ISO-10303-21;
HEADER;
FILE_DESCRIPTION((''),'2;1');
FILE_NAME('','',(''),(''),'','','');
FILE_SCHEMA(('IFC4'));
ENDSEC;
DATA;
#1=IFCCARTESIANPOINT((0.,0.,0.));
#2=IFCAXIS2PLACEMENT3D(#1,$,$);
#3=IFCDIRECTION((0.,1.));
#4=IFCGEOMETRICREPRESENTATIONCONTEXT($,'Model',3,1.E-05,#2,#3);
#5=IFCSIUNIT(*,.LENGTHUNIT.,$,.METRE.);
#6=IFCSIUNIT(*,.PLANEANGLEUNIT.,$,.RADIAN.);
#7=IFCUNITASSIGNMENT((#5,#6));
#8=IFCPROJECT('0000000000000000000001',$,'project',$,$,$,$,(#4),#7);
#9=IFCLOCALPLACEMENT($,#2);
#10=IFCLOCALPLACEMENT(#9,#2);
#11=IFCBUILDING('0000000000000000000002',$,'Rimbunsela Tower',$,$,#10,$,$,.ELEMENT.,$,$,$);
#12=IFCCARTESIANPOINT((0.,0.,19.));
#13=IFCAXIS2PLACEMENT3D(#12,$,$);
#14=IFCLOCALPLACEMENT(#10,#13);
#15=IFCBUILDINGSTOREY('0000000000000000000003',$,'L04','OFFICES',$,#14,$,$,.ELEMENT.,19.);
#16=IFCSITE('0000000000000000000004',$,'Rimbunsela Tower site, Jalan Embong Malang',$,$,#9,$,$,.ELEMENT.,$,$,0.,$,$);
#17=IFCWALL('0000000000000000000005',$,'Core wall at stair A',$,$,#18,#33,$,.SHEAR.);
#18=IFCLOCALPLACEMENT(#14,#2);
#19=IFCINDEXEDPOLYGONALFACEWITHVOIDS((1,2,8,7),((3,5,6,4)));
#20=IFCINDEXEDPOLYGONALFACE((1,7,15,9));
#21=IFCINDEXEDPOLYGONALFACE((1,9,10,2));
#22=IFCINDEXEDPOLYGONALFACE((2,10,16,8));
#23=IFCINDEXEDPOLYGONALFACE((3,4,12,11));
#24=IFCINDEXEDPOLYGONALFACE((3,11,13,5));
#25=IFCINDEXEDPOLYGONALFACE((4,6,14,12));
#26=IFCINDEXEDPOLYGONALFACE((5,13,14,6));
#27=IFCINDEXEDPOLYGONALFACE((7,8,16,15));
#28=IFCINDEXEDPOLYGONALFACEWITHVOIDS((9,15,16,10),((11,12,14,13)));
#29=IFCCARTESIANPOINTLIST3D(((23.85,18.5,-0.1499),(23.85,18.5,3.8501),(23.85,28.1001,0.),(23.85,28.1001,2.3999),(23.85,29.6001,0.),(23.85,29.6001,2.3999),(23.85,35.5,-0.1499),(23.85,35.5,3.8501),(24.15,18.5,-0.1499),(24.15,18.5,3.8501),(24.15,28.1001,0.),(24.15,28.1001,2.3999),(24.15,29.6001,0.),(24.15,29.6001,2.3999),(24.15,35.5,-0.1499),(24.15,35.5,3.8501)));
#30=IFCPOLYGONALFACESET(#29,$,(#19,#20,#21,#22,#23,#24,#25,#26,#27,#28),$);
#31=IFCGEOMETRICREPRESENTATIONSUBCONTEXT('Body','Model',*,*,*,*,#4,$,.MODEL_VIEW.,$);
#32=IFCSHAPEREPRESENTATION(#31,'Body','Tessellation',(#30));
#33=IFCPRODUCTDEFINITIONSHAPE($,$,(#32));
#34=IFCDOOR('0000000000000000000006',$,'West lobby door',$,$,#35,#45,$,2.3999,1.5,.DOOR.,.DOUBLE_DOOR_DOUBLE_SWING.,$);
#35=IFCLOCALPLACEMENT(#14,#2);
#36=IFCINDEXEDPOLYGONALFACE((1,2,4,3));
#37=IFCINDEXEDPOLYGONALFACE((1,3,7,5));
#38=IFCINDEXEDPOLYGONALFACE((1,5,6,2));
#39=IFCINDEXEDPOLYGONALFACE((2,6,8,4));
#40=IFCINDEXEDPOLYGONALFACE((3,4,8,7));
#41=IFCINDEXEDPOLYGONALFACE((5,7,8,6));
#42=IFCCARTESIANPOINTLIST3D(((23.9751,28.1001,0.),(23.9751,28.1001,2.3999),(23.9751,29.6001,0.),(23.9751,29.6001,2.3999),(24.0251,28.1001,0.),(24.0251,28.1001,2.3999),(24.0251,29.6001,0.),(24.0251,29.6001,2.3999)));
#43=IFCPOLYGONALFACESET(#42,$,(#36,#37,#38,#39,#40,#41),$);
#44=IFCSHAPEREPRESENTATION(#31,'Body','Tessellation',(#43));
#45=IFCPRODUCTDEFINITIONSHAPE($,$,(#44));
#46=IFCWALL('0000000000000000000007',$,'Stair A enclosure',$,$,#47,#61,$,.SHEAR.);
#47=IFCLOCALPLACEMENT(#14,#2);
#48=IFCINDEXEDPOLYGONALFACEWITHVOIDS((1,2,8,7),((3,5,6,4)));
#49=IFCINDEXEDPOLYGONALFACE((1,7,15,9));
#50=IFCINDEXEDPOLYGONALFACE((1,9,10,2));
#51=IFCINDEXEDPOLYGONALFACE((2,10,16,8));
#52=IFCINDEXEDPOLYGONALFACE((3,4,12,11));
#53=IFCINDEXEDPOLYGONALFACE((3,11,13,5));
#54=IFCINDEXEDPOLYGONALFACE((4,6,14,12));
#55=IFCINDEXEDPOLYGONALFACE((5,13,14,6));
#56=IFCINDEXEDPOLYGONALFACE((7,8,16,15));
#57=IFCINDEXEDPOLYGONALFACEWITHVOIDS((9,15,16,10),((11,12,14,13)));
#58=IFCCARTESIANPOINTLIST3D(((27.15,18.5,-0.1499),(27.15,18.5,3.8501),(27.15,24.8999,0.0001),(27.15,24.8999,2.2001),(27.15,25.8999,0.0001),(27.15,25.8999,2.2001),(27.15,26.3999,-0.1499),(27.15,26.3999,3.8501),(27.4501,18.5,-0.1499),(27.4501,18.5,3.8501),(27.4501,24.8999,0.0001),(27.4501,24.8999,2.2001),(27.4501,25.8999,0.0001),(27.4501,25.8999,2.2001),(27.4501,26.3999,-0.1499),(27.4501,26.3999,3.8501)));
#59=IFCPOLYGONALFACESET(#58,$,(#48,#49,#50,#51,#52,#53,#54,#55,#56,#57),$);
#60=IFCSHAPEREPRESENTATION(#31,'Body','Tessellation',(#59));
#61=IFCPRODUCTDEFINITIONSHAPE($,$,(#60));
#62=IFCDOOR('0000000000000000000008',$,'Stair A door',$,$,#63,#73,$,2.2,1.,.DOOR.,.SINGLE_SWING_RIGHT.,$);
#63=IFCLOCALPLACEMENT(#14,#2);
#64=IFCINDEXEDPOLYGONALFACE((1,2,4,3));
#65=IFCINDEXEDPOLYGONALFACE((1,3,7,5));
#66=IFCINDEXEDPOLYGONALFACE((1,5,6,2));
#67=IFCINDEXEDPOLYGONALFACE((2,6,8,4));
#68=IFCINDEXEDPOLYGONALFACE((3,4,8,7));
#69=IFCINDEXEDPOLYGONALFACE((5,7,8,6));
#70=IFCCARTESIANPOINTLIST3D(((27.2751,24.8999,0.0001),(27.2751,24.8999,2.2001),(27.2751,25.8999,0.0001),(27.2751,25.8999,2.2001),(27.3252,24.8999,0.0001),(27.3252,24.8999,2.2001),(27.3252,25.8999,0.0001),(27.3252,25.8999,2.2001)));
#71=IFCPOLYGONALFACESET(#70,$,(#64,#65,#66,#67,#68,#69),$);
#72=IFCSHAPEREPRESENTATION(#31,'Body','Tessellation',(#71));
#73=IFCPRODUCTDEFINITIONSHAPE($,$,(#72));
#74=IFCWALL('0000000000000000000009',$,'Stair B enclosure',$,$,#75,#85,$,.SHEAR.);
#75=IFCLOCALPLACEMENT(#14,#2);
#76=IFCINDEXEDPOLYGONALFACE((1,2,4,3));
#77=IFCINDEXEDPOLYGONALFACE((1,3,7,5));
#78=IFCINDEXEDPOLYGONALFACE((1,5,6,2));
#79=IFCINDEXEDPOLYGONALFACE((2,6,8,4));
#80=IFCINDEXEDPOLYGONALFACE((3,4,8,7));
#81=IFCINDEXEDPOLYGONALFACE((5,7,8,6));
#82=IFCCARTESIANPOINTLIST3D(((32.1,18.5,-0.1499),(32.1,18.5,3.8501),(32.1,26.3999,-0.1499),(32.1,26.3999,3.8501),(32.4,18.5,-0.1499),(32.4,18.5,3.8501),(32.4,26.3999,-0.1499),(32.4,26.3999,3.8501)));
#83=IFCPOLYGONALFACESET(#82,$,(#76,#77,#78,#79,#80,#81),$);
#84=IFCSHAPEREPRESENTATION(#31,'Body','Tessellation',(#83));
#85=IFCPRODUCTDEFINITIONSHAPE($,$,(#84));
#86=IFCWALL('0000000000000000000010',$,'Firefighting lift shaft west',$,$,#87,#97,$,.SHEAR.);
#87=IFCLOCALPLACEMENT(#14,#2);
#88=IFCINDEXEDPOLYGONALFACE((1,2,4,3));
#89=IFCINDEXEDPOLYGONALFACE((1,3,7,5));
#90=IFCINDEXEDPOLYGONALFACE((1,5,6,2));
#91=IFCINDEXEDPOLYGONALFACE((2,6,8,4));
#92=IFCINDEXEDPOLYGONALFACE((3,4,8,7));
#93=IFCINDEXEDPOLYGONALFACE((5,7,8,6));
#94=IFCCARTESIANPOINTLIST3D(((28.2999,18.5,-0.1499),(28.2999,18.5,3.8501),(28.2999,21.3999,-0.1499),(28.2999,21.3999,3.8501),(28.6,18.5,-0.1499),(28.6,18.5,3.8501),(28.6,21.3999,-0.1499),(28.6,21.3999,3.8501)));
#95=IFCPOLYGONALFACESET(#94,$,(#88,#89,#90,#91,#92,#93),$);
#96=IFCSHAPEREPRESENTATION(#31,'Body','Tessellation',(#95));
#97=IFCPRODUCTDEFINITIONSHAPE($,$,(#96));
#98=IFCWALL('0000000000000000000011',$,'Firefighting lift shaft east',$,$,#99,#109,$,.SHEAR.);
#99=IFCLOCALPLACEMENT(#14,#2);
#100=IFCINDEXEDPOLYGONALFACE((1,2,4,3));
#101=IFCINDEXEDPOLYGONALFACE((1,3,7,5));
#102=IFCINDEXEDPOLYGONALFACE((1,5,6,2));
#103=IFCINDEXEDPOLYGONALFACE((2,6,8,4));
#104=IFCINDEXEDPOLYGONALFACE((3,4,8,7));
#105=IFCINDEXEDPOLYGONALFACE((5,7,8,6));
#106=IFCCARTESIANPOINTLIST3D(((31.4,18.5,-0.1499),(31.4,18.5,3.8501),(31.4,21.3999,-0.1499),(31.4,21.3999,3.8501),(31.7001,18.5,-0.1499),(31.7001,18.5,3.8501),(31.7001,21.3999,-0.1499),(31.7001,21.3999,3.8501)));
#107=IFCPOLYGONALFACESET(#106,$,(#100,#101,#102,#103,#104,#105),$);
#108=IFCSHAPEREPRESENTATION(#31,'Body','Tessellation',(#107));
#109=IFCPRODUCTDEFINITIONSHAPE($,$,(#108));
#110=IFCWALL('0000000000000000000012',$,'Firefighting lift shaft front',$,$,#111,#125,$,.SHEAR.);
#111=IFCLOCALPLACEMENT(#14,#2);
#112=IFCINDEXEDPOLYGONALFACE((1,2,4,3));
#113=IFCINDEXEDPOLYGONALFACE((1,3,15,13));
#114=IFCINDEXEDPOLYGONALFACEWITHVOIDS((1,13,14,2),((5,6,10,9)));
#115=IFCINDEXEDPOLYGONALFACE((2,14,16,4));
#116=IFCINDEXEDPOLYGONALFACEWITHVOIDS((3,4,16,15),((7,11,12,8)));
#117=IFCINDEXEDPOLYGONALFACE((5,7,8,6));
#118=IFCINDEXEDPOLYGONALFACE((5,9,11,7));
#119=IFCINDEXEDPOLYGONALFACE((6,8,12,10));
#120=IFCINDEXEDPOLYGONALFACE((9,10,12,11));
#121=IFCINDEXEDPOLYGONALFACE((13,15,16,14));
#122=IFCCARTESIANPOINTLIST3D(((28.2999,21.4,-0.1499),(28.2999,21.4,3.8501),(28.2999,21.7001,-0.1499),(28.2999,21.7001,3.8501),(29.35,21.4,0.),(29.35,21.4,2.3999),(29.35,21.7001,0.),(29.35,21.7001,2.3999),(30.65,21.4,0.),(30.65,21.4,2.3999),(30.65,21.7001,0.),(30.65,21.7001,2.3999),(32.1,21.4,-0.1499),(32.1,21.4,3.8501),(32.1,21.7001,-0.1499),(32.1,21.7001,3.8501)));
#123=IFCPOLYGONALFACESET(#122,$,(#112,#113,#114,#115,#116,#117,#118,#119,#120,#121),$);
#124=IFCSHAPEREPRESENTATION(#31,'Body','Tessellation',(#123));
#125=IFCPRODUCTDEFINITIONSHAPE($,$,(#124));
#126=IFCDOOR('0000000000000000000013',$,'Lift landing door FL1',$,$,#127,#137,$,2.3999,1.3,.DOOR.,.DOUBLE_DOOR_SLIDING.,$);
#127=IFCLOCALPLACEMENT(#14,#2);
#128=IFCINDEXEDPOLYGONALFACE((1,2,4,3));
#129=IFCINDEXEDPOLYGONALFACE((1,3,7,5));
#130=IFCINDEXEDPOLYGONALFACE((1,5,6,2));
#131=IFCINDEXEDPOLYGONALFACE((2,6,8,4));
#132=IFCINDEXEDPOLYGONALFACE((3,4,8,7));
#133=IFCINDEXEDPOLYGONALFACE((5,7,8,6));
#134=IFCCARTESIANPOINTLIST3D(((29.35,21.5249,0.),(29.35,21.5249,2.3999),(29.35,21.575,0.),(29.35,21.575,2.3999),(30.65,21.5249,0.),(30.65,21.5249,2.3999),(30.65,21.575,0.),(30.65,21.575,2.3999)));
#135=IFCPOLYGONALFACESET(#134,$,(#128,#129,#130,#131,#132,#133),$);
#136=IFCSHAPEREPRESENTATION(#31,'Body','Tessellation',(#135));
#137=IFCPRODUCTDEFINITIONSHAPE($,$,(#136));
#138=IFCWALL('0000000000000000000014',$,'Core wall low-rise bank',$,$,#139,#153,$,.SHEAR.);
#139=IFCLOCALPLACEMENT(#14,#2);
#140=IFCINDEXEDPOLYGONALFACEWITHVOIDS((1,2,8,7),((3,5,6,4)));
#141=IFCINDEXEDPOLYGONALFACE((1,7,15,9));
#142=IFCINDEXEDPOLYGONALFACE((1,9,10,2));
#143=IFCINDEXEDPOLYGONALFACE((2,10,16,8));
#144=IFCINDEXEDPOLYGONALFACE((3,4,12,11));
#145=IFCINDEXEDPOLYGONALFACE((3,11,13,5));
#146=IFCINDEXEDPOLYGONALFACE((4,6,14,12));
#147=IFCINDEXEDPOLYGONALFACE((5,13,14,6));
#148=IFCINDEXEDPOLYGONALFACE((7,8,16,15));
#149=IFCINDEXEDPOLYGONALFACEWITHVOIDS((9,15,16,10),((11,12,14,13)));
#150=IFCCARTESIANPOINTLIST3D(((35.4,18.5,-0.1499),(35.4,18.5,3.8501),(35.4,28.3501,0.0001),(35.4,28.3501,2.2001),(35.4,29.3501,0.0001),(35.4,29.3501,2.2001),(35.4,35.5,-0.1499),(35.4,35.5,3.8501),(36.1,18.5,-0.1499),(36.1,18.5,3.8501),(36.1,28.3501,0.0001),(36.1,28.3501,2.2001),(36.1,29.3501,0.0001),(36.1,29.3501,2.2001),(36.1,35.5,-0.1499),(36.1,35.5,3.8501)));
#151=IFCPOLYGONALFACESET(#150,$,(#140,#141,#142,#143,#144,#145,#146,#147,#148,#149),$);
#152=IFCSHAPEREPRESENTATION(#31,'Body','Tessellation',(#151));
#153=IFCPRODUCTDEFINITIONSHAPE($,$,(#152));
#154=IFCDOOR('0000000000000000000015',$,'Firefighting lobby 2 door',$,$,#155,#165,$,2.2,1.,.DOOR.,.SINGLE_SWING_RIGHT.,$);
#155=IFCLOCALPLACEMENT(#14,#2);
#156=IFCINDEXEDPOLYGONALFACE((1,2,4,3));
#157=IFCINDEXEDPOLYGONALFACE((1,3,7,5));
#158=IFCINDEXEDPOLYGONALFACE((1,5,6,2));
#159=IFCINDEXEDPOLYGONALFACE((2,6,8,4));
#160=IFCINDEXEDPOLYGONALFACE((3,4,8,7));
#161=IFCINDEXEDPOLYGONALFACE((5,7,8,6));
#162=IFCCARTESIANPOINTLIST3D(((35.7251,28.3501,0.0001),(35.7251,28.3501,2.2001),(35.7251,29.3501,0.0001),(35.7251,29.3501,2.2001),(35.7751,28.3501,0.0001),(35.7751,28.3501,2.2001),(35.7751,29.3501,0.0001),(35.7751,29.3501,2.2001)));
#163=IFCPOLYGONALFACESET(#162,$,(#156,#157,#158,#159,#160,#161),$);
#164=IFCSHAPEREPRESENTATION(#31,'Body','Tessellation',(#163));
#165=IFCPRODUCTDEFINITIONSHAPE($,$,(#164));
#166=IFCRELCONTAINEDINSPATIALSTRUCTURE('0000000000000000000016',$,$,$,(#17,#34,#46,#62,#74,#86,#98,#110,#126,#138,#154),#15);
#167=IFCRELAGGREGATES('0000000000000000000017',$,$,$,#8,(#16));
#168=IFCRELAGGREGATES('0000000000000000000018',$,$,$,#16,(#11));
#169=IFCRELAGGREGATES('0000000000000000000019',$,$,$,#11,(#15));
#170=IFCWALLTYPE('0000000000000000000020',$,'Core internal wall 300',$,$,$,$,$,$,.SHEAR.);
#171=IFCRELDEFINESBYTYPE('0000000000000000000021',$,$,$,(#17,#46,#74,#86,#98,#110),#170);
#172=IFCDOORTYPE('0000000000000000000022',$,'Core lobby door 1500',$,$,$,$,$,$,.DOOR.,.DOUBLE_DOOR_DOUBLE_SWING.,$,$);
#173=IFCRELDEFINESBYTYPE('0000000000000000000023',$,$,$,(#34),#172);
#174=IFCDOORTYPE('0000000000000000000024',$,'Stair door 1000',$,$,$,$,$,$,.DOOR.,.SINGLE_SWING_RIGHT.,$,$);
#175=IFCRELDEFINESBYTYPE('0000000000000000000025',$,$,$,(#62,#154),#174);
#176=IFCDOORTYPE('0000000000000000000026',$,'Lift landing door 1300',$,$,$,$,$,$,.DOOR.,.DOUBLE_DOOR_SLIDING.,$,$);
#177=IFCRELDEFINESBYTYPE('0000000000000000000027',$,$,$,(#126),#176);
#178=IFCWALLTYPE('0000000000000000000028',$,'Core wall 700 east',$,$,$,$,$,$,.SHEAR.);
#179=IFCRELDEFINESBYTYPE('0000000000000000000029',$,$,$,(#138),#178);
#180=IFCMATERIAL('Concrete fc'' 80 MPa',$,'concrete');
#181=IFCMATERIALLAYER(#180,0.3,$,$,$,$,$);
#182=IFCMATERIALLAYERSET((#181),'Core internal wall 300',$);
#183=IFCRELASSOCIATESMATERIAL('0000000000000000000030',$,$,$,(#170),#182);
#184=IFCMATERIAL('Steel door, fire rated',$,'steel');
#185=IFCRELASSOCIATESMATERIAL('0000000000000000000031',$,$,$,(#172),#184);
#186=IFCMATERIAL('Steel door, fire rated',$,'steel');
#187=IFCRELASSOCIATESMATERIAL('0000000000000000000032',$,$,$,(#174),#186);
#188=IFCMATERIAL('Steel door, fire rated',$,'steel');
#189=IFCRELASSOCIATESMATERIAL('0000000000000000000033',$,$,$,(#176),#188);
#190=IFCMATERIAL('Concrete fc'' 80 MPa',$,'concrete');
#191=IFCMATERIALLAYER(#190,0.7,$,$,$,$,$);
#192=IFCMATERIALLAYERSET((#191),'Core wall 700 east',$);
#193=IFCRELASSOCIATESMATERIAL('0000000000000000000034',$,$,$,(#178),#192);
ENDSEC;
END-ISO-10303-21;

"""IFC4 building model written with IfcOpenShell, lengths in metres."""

from ifc_helpers import new_model, si_unit, direction, frame, frame_2d, origin, place, context, subcontext, project, spatial, rectangle, extrude, material, layer, layer_set, type_object, element, fill, save


model = new_model("IFC4")

# Units and contexts
model_context = context("Model", 3, precision=1e-05, world=origin(), true_north=direction((0.0, 1.0)))
body_context = subcontext(model_context, "Body", "Model", "MODEL_VIEW")
ifc_project = project(units=[si_unit("LENGTHUNIT", "METRE"), si_unit("PLANEANGLEUNIT", "RADIAN")], contexts=[model_context])

# Site, building, storey
site_placement = place(None, origin())
site = spatial("IfcSite", under=ifc_project, at=site_placement, Name="Rimbunsela Tower site, Jalan Embong Malang", CompositionType="ELEMENT", RefElevation=0.0)
building_placement = place(site_placement, origin())
building = spatial("IfcBuilding", under=site, at=building_placement, Name="Rimbunsela Tower", CompositionType="ELEMENT")
storey_placement = place(building_placement, frame((0.0, 0.0, 19.0)))
storey = spatial("IfcBuildingStorey", under=building, at=storey_placement, Name="L04", Description="OFFICES", CompositionType="ELEMENT", Elevation=19.0)

# Walls, openings, doors
ifc_material_1 = material(Name="Concrete fc' 80 MPa", Category="concrete")
ifc_layer_1 = layer(ifc_material_1, 0.3)
ifc_layer_set_1 = layer_set([ifc_layer_1], Name="Core internal wall 300")
wall_type_1 = type_object("IfcWallType", Name="Core internal wall 300", PredefinedType="SHEAR", material=ifc_layer_set_1)
wall_1_placement = place(storey_placement, frame((24.0, 18.5, -0.1499), z_axis=(0.0, 0.0, 1.0), x_axis=(0.0, 1.0, 0.0)))
wall_1 = element("IfcWall", 1, at=wall_1_placement, inside=storey, type_object=wall_type_1, Name="Core wall at stair A", PredefinedType="SHEAR", context=body_context, shape_type="SweptSolid", body=[
    extrude(rectangle(XDim=17.0, YDim=0.3, at=frame_2d((8.5, 0.0))), origin(), (0.0, 0.0, 1.0), 4.0),
])
opening_1_placement = place(wall_1_placement, frame((9.6001, 0.0, 0.1499)))
opening_1 = element("IfcOpeningElement", 2, at=opening_1_placement, cuts=wall_1, PredefinedType="OPENING", context=body_context, shape_type="SweptSolid", body=[
    extrude(rectangle(XDim=1.5, YDim=2.3999, at=frame_2d((0.75, 1.2))), frame((0.0, 0.1599, 0.0), z_axis=(0.0, -1.0, 0.0), x_axis=(1.0, 0.0, 0.0)), (0.0, 0.0, 1.0), 0.3201),
])
ifc_material_2 = material(Name="Steel door, fire rated", Category="steel")
door_type_1 = type_object("IfcDoorType", Name="Core lobby door 1500", OperationType="DOUBLE_DOOR_DOUBLE_SWING", PredefinedType="DOOR", material=ifc_material_2)
door_1_placement = place(opening_1_placement, origin())
door_1 = element("IfcDoor", 3, at=door_1_placement, inside=storey, type_object=door_type_1, Name="West lobby door", OperationType="DOUBLE_DOOR_DOUBLE_SWING", OverallHeight=2.3999, OverallWidth=1.5, PredefinedType="DOOR", context=body_context, shape_type="SweptSolid", body=[
    extrude(rectangle(XDim=1.5, YDim=2.3999, at=frame_2d((0.75, 1.2))), frame((0.0, 0.0249, 0.0), z_axis=(0.0, -1.0, 0.0), x_axis=(1.0, 0.0, 0.0)), (0.0, 0.0, 1.0), 0.05),
])
fill(opening_1, door_1)
wall_2_placement = place(storey_placement, frame((27.3, 18.5, -0.1499), z_axis=(0.0, 0.0, 1.0), x_axis=(0.0, 1.0, 0.0)))
wall_2 = element("IfcWall", 4, at=wall_2_placement, inside=storey, type_object=wall_type_1, Name="Stair A enclosure", PredefinedType="SHEAR", context=body_context, shape_type="SweptSolid", body=[
    extrude(rectangle(XDim=7.8999, YDim=0.3, at=frame_2d((3.95, 0.0))), origin(), (0.0, 0.0, 1.0), 4.0),
])
opening_2_placement = place(wall_2_placement, frame((6.3999, 0.0, 0.1499)))
opening_2 = element("IfcOpeningElement", 5, at=opening_2_placement, cuts=wall_2, PredefinedType="OPENING", context=body_context, shape_type="SweptSolid", body=[
    extrude(rectangle(XDim=1.0, YDim=2.2, at=frame_2d((0.5, 1.1001))), frame((0.0, 0.1599, 0.0), z_axis=(0.0, -1.0, 0.0), x_axis=(1.0, 0.0, 0.0)), (0.0, 0.0, 1.0), 0.3201),
])
ifc_material_3 = material(Name="Steel door, fire rated", Category="steel")
door_type_2 = type_object("IfcDoorType", Name="Stair door 1000", OperationType="SINGLE_SWING_RIGHT", PredefinedType="DOOR", material=ifc_material_3)
door_2_placement = place(opening_2_placement, origin())
door_2 = element("IfcDoor", 6, at=door_2_placement, inside=storey, type_object=door_type_2, Name="Stair A door", OperationType="SINGLE_SWING_RIGHT", OverallHeight=2.2, OverallWidth=1.0, PredefinedType="DOOR", context=body_context, shape_type="SweptSolid", body=[
    extrude(rectangle(XDim=1.0, YDim=2.2, at=frame_2d((0.5, 1.1001))), frame((0.0, 0.0249, 0.0), z_axis=(0.0, -1.0, 0.0), x_axis=(1.0, 0.0, 0.0)), (0.0, 0.0, 1.0), 0.05),
])
fill(opening_2, door_2)

# Walls
wall_3_placement = place(storey_placement, frame((32.25, 18.5, -0.1499), z_axis=(0.0, 0.0, 1.0), x_axis=(0.0, 1.0, 0.0)))
element("IfcWall", 7, at=wall_3_placement, inside=storey, type_object=wall_type_1, Name="Stair B enclosure", PredefinedType="SHEAR", context=body_context, shape_type="SweptSolid", body=[
    extrude(rectangle(XDim=7.8999, YDim=0.3, at=frame_2d((3.95, 0.0))), origin(), (0.0, 0.0, 1.0), 4.0),
])
for number, where, z_axis, x_axis, name in (
    (8, (28.45, 18.5, -0.1499), (0.0, 0.0, 1.0), (0.0, 1.0, 0.0), "Firefighting lift shaft west"),
    (9, (31.55, 18.5, -0.1499), (0.0, 0.0, 1.0), (0.0, 1.0, 0.0), "Firefighting lift shaft east"),
):
    element("IfcWall", number, at=place(storey_placement, frame(where, z_axis=z_axis, x_axis=x_axis)), inside=storey, type_object=wall_type_1, Name=name, PredefinedType="SHEAR", context=body_context, shape_type="SweptSolid", body=[
        extrude(rectangle(XDim=2.8999, YDim=0.3, at=frame_2d((1.45, 0.0))), origin(), (0.0, 0.0, 1.0), 4.0),
    ])

# Walls, openings, doors
wall_4_placement = place(storey_placement, frame((28.3, 21.55, -0.1499), z_axis=(0.0, 0.0, 1.0), x_axis=(1.0, 0.0, 0.0)))
wall_4 = element("IfcWall", 10, at=wall_4_placement, inside=storey, type_object=wall_type_1, Name="Firefighting lift shaft front", PredefinedType="SHEAR", context=body_context, shape_type="SweptSolid", body=[
    extrude(rectangle(XDim=3.8, YDim=0.3, at=frame_2d((1.8999, 0.0))), origin(), (0.0, 0.0, 1.0), 4.0),
])
opening_3_placement = place(wall_4_placement, frame((1.05, 0.0, 0.1499)))
opening_3 = element("IfcOpeningElement", 11, at=opening_3_placement, cuts=wall_4, PredefinedType="OPENING", context=body_context, shape_type="SweptSolid", body=[
    extrude(rectangle(XDim=1.3, YDim=2.3999, at=frame_2d((0.6499, 1.2))), frame((0.0, 0.1599, 0.0), z_axis=(0.0, -1.0, 0.0), x_axis=(1.0, 0.0, 0.0)), (0.0, 0.0, 1.0), 0.3201),
])
ifc_material_4 = material(Name="Steel door, fire rated", Category="steel")
door_type_3 = type_object("IfcDoorType", Name="Lift landing door 1300", OperationType="DOUBLE_DOOR_SLIDING", PredefinedType="DOOR", material=ifc_material_4)
door_3_placement = place(opening_3_placement, origin())
door_3 = element("IfcDoor", 12, at=door_3_placement, inside=storey, type_object=door_type_3, Name="Lift landing door FL1", OperationType="DOUBLE_DOOR_SLIDING", OverallHeight=2.3999, OverallWidth=1.3, PredefinedType="DOOR", context=body_context, shape_type="SweptSolid", body=[
    extrude(rectangle(XDim=1.3, YDim=2.3999, at=frame_2d((0.6499, 1.2))), frame((0.0, 0.0249, 0.0), z_axis=(0.0, -1.0, 0.0), x_axis=(1.0, 0.0, 0.0)), (0.0, 0.0, 1.0), 0.05),
])
fill(opening_3, door_3)
ifc_material_5 = material(Name="Concrete fc' 80 MPa", Category="concrete")
ifc_layer_2 = layer(ifc_material_5, 0.7)
ifc_layer_set_2 = layer_set([ifc_layer_2], Name="Core wall 700 east")
wall_type_2 = type_object("IfcWallType", Name="Core wall 700 east", PredefinedType="SHEAR", material=ifc_layer_set_2)
wall_5_placement = place(storey_placement, frame((35.75, 18.5, -0.1499), z_axis=(0.0, 0.0, 1.0), x_axis=(0.0, 1.0, 0.0)))
wall_5 = element("IfcWall", 13, at=wall_5_placement, inside=storey, type_object=wall_type_2, Name="Core wall low-rise bank", PredefinedType="SHEAR", context=body_context, shape_type="SweptSolid", body=[
    extrude(rectangle(XDim=17.0, YDim=0.7, at=frame_2d((8.5, 0.0))), origin(), (0.0, 0.0, 1.0), 4.0),
])
opening_4_placement = place(wall_5_placement, frame((9.8501, 0.0, 0.1499)))
opening_4 = element("IfcOpeningElement", 14, at=opening_4_placement, cuts=wall_5, PredefinedType="OPENING", context=body_context, shape_type="SweptSolid", body=[
    extrude(rectangle(XDim=1.0, YDim=2.2, at=frame_2d((0.5, 1.1001))), frame((0.0, 0.3599, 0.0), z_axis=(0.0, -1.0, 0.0), x_axis=(1.0, 0.0, 0.0)), (0.0, 0.0, 1.0), 0.72),
])
door_4_placement = place(opening_4_placement, origin())
door_4 = element("IfcDoor", 15, at=door_4_placement, inside=storey, type_object=door_type_2, Name="Firefighting lobby 2 door", OperationType="SINGLE_SWING_RIGHT", OverallHeight=2.2, OverallWidth=1.0, PredefinedType="DOOR", context=body_context, shape_type="SweptSolid", body=[
    extrude(rectangle(XDim=1.0, YDim=2.2, at=frame_2d((0.5, 1.1001))), frame((0.0, 0.0249, 0.0), z_axis=(0.0, -1.0, 0.0), x_axis=(1.0, 0.0, 0.0)), (0.0, 0.0, 1.0), 0.05),
])
fill(opening_4, door_4)

save(model, "model.ifc")
